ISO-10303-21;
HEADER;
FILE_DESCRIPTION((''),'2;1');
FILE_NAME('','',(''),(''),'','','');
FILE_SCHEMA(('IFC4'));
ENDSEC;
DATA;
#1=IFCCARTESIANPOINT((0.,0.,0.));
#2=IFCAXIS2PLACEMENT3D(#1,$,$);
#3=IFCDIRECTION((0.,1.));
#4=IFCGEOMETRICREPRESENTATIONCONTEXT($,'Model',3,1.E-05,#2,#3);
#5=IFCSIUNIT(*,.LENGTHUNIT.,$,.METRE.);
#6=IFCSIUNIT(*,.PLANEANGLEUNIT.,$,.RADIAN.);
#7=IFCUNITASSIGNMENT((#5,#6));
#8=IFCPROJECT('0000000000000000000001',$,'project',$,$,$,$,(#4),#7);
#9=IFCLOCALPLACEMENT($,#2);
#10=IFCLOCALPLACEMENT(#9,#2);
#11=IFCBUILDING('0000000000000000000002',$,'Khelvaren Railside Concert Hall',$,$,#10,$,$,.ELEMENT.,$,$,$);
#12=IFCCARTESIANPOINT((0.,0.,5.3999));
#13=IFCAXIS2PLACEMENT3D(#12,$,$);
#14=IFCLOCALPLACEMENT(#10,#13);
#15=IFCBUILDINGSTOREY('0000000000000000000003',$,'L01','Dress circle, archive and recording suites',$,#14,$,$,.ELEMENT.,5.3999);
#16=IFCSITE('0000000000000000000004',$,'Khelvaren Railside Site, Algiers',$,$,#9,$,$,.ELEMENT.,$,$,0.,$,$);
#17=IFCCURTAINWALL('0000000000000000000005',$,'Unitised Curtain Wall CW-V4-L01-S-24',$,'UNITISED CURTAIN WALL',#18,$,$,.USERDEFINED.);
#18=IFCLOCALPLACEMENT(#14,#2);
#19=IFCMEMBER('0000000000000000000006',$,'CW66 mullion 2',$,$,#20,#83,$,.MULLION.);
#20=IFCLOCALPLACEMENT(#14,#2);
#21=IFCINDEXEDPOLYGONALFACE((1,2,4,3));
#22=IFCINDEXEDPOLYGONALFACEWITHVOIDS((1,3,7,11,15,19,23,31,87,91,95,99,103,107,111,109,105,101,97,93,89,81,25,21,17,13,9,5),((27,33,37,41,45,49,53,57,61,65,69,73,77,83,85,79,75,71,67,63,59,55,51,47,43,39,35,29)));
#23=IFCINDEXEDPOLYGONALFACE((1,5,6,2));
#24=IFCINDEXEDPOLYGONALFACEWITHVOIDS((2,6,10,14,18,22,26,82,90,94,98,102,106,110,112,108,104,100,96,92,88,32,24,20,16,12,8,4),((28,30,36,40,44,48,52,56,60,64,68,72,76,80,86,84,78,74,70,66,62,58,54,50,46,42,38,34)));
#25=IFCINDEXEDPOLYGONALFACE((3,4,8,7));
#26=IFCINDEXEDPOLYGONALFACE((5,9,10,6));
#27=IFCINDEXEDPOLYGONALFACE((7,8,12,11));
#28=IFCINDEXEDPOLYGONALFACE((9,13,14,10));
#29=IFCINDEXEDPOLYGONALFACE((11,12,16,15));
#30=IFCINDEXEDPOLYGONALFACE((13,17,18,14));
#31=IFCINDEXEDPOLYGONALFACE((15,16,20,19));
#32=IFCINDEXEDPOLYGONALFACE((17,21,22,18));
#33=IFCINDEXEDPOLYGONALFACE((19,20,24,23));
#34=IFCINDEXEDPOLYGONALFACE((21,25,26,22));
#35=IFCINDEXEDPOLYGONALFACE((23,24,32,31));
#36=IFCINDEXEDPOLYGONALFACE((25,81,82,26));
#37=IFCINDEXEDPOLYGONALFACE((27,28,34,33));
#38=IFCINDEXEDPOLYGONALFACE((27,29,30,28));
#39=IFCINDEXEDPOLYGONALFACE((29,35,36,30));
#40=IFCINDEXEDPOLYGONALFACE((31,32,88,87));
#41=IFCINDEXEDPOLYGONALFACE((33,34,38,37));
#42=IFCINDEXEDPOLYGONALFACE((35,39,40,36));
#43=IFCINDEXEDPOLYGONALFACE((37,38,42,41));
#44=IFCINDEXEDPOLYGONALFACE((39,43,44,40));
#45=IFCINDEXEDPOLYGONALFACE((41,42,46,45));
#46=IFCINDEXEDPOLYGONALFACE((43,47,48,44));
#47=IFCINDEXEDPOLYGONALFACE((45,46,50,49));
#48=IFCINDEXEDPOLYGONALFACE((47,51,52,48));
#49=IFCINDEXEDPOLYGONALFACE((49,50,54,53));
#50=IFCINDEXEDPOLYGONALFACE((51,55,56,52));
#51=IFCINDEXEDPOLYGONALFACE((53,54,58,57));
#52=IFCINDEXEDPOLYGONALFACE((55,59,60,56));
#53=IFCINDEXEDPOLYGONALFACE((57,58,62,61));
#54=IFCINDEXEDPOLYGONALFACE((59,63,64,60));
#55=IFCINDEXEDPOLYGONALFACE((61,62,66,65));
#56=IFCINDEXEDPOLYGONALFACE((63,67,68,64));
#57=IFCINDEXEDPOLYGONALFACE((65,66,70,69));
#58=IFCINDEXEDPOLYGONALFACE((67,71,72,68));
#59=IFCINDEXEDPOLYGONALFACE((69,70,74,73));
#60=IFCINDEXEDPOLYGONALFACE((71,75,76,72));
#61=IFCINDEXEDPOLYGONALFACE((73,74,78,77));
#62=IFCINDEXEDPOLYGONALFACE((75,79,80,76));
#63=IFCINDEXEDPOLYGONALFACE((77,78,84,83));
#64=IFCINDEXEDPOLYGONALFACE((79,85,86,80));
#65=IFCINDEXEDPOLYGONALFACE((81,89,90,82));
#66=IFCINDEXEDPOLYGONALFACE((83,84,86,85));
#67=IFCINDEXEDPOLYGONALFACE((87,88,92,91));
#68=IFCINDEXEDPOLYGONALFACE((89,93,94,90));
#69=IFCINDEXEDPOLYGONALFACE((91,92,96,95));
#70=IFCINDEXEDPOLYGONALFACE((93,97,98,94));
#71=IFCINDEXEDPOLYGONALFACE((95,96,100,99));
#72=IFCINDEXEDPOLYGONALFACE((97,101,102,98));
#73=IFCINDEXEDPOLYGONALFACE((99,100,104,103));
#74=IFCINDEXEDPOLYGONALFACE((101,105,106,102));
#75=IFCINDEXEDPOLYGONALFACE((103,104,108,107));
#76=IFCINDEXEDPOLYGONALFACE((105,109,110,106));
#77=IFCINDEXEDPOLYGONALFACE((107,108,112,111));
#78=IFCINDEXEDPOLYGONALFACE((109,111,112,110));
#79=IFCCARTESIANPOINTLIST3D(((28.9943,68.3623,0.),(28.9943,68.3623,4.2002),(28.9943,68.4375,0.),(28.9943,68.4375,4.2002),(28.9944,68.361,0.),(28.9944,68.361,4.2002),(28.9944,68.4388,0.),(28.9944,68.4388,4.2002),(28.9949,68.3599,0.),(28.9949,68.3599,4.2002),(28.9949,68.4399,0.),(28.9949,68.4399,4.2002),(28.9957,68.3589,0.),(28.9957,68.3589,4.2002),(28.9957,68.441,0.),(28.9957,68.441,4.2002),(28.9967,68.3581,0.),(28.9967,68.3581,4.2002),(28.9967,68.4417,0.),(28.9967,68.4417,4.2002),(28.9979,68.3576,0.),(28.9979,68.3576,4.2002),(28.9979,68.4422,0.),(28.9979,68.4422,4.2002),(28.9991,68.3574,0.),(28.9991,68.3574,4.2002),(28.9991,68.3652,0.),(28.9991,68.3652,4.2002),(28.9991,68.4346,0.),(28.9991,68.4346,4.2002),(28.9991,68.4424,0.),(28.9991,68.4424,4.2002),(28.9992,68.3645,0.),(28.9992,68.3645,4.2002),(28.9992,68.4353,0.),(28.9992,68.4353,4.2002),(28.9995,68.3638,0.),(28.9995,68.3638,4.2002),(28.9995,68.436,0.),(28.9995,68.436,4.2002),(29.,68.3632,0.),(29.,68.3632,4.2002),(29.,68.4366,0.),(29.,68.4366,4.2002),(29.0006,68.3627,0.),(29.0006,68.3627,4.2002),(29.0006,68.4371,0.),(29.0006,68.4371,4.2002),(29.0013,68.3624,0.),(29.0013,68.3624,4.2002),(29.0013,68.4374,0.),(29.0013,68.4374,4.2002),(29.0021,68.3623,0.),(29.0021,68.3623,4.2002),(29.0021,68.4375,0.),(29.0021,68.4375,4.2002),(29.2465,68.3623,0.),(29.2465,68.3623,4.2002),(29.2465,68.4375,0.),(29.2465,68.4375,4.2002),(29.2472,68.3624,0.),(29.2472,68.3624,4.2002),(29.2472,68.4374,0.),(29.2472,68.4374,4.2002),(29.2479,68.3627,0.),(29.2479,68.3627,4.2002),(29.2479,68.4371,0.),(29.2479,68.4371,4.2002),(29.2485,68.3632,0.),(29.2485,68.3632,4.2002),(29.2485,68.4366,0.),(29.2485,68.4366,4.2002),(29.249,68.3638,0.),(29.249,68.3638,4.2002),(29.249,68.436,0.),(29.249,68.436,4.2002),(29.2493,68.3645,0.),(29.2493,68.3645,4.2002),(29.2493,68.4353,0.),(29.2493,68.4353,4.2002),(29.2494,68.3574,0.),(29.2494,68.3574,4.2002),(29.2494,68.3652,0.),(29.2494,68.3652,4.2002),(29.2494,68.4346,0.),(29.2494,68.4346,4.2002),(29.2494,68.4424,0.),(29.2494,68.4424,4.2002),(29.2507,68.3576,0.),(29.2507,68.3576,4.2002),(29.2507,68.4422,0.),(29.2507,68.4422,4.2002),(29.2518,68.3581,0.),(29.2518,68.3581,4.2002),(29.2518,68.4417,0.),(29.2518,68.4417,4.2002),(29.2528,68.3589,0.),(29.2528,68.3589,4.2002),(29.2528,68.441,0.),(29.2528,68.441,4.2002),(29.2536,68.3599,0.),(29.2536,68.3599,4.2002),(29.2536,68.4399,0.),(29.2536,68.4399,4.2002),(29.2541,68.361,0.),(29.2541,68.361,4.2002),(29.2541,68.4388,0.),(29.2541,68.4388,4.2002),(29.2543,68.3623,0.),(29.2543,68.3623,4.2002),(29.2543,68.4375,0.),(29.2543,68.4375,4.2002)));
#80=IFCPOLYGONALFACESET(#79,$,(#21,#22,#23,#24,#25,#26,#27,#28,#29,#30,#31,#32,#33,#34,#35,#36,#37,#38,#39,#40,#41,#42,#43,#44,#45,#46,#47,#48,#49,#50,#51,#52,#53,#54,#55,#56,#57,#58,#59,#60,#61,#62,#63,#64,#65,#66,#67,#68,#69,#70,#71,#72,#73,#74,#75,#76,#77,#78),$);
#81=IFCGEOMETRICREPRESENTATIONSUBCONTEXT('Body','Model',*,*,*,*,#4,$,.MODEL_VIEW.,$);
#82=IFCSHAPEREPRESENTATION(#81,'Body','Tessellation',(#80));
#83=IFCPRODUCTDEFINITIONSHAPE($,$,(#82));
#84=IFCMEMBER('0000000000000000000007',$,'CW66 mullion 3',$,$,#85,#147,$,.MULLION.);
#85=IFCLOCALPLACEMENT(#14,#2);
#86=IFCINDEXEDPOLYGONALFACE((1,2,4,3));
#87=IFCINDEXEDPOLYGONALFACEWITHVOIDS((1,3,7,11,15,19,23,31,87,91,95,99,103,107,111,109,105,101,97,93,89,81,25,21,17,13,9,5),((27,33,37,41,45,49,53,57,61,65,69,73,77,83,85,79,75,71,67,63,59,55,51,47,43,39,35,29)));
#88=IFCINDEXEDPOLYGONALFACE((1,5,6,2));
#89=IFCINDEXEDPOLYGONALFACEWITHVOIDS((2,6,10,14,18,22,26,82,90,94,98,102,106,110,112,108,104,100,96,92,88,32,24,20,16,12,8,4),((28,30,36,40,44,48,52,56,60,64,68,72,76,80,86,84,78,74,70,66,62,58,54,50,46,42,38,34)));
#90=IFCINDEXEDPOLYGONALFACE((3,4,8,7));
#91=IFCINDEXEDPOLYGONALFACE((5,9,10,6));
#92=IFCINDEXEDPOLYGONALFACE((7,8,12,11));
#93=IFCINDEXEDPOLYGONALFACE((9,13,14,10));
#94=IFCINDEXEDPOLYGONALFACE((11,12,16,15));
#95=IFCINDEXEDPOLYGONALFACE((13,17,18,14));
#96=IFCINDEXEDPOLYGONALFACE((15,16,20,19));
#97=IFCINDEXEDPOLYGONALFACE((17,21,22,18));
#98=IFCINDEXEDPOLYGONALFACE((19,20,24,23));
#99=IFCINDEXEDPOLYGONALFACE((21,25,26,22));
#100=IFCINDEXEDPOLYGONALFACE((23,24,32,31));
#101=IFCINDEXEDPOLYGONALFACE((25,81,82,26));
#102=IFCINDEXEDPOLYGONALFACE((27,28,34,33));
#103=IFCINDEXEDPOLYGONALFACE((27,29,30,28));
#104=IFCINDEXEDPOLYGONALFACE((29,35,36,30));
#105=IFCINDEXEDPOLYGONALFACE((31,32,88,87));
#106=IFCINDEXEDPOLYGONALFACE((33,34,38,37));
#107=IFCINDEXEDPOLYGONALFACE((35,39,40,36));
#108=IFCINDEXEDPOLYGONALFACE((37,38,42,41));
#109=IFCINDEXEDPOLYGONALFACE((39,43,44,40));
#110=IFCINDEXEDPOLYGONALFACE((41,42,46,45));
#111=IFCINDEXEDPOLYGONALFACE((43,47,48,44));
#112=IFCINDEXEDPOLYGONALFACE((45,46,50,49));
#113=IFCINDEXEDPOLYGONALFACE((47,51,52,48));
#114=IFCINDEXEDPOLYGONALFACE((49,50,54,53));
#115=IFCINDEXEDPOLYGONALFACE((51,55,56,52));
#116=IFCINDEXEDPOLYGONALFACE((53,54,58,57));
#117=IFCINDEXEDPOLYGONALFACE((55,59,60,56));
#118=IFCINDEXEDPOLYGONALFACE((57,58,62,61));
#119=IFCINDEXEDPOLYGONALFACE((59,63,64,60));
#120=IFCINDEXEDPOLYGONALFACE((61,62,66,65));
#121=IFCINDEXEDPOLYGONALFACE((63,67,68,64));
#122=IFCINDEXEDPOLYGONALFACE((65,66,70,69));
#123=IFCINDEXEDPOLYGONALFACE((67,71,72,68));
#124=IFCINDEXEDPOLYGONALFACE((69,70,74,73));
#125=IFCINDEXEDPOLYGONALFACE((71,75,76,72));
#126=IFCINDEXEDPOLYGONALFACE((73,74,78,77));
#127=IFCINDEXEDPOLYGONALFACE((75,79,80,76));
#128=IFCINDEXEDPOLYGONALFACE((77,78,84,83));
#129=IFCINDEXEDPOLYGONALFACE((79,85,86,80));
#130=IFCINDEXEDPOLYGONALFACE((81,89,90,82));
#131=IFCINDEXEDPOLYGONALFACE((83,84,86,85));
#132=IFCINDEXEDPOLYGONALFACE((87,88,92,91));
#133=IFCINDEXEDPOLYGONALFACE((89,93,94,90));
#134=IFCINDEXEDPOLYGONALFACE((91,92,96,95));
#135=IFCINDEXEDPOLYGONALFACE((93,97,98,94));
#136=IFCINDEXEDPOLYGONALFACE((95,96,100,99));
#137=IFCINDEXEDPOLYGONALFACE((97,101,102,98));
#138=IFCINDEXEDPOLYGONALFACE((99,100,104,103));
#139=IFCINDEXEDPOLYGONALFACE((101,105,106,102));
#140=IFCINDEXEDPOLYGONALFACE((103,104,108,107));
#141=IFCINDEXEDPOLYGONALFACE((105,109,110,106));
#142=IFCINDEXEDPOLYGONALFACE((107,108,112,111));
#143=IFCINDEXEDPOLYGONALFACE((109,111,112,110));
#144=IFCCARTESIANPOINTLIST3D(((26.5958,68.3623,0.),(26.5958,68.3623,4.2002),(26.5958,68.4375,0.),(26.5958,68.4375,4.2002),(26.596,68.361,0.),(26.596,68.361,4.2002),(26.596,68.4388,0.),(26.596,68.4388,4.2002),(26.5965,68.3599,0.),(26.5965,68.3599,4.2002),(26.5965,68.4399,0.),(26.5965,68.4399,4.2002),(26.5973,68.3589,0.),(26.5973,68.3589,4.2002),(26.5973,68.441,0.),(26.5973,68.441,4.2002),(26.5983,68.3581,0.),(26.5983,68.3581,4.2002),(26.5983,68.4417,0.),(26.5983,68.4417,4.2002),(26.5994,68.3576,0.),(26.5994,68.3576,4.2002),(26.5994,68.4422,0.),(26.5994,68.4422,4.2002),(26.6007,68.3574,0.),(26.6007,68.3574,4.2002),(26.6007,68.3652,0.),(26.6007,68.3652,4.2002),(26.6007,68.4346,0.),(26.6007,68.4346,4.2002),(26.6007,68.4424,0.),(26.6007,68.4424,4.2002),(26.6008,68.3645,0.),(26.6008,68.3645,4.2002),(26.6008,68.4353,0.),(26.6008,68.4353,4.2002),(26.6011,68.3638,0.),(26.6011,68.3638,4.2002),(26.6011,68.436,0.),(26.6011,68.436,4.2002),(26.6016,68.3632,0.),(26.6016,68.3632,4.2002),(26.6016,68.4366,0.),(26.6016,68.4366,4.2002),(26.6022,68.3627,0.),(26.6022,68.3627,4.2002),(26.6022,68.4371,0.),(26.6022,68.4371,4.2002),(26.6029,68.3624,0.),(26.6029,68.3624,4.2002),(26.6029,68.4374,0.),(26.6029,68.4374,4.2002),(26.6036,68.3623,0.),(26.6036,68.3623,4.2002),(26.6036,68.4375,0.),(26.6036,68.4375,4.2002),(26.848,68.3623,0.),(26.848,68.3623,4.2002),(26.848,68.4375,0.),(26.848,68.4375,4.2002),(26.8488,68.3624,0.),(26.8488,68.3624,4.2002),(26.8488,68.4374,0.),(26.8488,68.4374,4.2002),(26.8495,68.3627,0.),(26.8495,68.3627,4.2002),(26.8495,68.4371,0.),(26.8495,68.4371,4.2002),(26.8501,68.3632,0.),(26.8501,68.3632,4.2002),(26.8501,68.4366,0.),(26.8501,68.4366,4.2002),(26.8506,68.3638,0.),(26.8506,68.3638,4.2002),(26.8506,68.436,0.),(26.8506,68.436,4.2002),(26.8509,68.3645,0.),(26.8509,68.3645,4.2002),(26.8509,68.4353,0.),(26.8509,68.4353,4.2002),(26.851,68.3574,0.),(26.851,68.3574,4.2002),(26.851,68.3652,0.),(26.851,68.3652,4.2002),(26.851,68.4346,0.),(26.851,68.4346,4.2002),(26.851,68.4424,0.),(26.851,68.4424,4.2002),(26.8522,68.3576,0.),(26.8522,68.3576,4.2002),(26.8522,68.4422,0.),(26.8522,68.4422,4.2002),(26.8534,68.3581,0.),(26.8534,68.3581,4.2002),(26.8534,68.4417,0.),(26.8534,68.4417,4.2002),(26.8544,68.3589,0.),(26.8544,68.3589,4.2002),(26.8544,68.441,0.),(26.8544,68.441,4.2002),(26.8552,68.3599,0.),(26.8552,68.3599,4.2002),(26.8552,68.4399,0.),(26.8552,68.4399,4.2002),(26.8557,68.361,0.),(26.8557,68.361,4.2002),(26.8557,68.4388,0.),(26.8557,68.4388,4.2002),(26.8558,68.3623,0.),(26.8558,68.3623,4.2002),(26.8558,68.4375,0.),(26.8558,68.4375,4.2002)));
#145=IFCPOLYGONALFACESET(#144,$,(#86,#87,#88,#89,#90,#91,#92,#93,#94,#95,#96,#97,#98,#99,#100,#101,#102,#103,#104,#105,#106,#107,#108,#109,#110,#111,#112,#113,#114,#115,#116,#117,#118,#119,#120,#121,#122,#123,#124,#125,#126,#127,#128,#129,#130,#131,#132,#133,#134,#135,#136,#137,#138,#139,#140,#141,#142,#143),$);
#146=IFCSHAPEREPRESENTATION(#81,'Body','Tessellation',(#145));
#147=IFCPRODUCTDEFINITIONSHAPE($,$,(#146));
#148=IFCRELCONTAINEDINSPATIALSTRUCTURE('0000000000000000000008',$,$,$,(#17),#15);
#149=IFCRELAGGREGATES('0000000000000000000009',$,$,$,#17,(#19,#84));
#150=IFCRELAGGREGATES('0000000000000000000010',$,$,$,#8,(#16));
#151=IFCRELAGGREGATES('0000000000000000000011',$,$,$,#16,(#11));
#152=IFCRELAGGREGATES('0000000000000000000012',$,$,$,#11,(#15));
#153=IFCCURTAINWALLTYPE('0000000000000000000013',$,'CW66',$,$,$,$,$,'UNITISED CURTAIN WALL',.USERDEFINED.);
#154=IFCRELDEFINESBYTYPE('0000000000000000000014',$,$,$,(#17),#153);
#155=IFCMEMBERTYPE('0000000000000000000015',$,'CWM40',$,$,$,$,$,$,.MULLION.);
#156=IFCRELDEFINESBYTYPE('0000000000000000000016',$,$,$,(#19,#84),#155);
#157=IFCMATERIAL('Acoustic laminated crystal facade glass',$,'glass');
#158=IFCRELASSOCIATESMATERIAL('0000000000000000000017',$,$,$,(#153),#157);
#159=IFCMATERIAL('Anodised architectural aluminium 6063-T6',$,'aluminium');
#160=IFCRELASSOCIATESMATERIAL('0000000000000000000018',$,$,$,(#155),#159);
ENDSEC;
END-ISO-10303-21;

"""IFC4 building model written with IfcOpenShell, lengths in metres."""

from ifc_helpers import new_model, si_unit, direction, frame, origin, origin_2d, place, context, subcontext, project, spatial, hollow_rectangle, extrude, material, material_profile, profile_set, type_object, element, aggregate, save


model = new_model("IFC4")

# Units and contexts
model_context = context("Model", 3, precision=1e-05, world=origin(), true_north=direction((0.0, 1.0)))
body_context = subcontext(model_context, "Body", "Model", "MODEL_VIEW")
ifc_project = project(units=[si_unit("LENGTHUNIT", "METRE"), si_unit("PLANEANGLEUNIT", "RADIAN")], contexts=[model_context])

# Site, building, storey
site_placement = place(None, origin())
site = spatial("IfcSite", under=ifc_project, at=site_placement, Name="Khelvaren Railside Site, Algiers", CompositionType="ELEMENT", RefElevation=0.0)
building_placement = place(site_placement, origin())
building = spatial("IfcBuilding", under=site, at=building_placement, Name="Khelvaren Railside Concert Hall", CompositionType="ELEMENT")
storey_placement = place(building_placement, frame((0.0, 0.0, 5.3999)))
storey = spatial("IfcBuildingStorey", under=building, at=storey_placement, Name="L01", Description="Dress circle, archive and recording suites", CompositionType="ELEMENT", Elevation=5.3999)

# Curtain wall, members
ifc_material_1 = material(Name="Acoustic laminated crystal facade glass", Category="glass")
curtain_wall_type = type_object("IfcCurtainWallType", Name="CW66", ElementType="UNITISED CURTAIN WALL", PredefinedType="USERDEFINED", material=ifc_material_1)
curtain_wall_placement = place(storey_placement, origin())
curtain_wall = element("IfcCurtainWall", 1, at=curtain_wall_placement, inside=storey, type_object=curtain_wall_type, Name="Unitised Curtain Wall CW-V4-L01-S-24", ObjectType="UNITISED CURTAIN WALL", PredefinedType="USERDEFINED")
ifc_material_2 = material(Name="Anodised architectural aluminium 6063-T6", Category="aluminium")
ifc_material_profile_1 = material_profile(ifc_material_2, hollow_rectangle(XDim=0.085, YDim=0.26, WallThickness=0.0049, InnerFilletRadius=0.0029, OuterFilletRadius=0.0049, at=origin_2d()), Name="CWM 85x260x5")
ifc_profile_set_1 = profile_set([ifc_material_profile_1], Name="Anodised architectural aluminium 6063-T6")
member_type_1 = type_object("IfcMemberType", Name="CWM40", PredefinedType="MULLION", material=ifc_profile_set_1)
member_1_placement = place(storey_placement, frame((29.1243, 68.3999, 0.0), z_axis=(0.0, 0.0, 1.0), x_axis=(0.0, -1.0, 0.0)))
member_1 = element("IfcMember", 2, at=member_1_placement, type_object=member_type_1, Name="CW66 mullion 2", PredefinedType="MULLION", context=body_context, shape_type="SweptSolid", body=[
    extrude(hollow_rectangle(XDim=0.085, YDim=0.26, WallThickness=0.0049, InnerFilletRadius=0.0029, OuterFilletRadius=0.0049, at=origin_2d()), origin(), (0.0, 0.0, 1.0), 4.2002),
])
member_2_placement = place(storey_placement, frame((26.7258, 68.3999, 0.0), z_axis=(0.0, 0.0, 1.0), x_axis=(0.0, -1.0, 0.0)))
member_2 = element("IfcMember", 3, at=member_2_placement, type_object=member_type_1, Name="CW66 mullion 3", PredefinedType="MULLION", context=body_context, shape_type="SweptSolid", body=[
    extrude(hollow_rectangle(XDim=0.085, YDim=0.26, WallThickness=0.0049, InnerFilletRadius=0.0029, OuterFilletRadius=0.0049, at=origin_2d()), origin(), (0.0, 0.0, 1.0), 4.2002),
])

aggregate(curtain_wall, [member_1, member_2])

save(model, "model.ifc")
